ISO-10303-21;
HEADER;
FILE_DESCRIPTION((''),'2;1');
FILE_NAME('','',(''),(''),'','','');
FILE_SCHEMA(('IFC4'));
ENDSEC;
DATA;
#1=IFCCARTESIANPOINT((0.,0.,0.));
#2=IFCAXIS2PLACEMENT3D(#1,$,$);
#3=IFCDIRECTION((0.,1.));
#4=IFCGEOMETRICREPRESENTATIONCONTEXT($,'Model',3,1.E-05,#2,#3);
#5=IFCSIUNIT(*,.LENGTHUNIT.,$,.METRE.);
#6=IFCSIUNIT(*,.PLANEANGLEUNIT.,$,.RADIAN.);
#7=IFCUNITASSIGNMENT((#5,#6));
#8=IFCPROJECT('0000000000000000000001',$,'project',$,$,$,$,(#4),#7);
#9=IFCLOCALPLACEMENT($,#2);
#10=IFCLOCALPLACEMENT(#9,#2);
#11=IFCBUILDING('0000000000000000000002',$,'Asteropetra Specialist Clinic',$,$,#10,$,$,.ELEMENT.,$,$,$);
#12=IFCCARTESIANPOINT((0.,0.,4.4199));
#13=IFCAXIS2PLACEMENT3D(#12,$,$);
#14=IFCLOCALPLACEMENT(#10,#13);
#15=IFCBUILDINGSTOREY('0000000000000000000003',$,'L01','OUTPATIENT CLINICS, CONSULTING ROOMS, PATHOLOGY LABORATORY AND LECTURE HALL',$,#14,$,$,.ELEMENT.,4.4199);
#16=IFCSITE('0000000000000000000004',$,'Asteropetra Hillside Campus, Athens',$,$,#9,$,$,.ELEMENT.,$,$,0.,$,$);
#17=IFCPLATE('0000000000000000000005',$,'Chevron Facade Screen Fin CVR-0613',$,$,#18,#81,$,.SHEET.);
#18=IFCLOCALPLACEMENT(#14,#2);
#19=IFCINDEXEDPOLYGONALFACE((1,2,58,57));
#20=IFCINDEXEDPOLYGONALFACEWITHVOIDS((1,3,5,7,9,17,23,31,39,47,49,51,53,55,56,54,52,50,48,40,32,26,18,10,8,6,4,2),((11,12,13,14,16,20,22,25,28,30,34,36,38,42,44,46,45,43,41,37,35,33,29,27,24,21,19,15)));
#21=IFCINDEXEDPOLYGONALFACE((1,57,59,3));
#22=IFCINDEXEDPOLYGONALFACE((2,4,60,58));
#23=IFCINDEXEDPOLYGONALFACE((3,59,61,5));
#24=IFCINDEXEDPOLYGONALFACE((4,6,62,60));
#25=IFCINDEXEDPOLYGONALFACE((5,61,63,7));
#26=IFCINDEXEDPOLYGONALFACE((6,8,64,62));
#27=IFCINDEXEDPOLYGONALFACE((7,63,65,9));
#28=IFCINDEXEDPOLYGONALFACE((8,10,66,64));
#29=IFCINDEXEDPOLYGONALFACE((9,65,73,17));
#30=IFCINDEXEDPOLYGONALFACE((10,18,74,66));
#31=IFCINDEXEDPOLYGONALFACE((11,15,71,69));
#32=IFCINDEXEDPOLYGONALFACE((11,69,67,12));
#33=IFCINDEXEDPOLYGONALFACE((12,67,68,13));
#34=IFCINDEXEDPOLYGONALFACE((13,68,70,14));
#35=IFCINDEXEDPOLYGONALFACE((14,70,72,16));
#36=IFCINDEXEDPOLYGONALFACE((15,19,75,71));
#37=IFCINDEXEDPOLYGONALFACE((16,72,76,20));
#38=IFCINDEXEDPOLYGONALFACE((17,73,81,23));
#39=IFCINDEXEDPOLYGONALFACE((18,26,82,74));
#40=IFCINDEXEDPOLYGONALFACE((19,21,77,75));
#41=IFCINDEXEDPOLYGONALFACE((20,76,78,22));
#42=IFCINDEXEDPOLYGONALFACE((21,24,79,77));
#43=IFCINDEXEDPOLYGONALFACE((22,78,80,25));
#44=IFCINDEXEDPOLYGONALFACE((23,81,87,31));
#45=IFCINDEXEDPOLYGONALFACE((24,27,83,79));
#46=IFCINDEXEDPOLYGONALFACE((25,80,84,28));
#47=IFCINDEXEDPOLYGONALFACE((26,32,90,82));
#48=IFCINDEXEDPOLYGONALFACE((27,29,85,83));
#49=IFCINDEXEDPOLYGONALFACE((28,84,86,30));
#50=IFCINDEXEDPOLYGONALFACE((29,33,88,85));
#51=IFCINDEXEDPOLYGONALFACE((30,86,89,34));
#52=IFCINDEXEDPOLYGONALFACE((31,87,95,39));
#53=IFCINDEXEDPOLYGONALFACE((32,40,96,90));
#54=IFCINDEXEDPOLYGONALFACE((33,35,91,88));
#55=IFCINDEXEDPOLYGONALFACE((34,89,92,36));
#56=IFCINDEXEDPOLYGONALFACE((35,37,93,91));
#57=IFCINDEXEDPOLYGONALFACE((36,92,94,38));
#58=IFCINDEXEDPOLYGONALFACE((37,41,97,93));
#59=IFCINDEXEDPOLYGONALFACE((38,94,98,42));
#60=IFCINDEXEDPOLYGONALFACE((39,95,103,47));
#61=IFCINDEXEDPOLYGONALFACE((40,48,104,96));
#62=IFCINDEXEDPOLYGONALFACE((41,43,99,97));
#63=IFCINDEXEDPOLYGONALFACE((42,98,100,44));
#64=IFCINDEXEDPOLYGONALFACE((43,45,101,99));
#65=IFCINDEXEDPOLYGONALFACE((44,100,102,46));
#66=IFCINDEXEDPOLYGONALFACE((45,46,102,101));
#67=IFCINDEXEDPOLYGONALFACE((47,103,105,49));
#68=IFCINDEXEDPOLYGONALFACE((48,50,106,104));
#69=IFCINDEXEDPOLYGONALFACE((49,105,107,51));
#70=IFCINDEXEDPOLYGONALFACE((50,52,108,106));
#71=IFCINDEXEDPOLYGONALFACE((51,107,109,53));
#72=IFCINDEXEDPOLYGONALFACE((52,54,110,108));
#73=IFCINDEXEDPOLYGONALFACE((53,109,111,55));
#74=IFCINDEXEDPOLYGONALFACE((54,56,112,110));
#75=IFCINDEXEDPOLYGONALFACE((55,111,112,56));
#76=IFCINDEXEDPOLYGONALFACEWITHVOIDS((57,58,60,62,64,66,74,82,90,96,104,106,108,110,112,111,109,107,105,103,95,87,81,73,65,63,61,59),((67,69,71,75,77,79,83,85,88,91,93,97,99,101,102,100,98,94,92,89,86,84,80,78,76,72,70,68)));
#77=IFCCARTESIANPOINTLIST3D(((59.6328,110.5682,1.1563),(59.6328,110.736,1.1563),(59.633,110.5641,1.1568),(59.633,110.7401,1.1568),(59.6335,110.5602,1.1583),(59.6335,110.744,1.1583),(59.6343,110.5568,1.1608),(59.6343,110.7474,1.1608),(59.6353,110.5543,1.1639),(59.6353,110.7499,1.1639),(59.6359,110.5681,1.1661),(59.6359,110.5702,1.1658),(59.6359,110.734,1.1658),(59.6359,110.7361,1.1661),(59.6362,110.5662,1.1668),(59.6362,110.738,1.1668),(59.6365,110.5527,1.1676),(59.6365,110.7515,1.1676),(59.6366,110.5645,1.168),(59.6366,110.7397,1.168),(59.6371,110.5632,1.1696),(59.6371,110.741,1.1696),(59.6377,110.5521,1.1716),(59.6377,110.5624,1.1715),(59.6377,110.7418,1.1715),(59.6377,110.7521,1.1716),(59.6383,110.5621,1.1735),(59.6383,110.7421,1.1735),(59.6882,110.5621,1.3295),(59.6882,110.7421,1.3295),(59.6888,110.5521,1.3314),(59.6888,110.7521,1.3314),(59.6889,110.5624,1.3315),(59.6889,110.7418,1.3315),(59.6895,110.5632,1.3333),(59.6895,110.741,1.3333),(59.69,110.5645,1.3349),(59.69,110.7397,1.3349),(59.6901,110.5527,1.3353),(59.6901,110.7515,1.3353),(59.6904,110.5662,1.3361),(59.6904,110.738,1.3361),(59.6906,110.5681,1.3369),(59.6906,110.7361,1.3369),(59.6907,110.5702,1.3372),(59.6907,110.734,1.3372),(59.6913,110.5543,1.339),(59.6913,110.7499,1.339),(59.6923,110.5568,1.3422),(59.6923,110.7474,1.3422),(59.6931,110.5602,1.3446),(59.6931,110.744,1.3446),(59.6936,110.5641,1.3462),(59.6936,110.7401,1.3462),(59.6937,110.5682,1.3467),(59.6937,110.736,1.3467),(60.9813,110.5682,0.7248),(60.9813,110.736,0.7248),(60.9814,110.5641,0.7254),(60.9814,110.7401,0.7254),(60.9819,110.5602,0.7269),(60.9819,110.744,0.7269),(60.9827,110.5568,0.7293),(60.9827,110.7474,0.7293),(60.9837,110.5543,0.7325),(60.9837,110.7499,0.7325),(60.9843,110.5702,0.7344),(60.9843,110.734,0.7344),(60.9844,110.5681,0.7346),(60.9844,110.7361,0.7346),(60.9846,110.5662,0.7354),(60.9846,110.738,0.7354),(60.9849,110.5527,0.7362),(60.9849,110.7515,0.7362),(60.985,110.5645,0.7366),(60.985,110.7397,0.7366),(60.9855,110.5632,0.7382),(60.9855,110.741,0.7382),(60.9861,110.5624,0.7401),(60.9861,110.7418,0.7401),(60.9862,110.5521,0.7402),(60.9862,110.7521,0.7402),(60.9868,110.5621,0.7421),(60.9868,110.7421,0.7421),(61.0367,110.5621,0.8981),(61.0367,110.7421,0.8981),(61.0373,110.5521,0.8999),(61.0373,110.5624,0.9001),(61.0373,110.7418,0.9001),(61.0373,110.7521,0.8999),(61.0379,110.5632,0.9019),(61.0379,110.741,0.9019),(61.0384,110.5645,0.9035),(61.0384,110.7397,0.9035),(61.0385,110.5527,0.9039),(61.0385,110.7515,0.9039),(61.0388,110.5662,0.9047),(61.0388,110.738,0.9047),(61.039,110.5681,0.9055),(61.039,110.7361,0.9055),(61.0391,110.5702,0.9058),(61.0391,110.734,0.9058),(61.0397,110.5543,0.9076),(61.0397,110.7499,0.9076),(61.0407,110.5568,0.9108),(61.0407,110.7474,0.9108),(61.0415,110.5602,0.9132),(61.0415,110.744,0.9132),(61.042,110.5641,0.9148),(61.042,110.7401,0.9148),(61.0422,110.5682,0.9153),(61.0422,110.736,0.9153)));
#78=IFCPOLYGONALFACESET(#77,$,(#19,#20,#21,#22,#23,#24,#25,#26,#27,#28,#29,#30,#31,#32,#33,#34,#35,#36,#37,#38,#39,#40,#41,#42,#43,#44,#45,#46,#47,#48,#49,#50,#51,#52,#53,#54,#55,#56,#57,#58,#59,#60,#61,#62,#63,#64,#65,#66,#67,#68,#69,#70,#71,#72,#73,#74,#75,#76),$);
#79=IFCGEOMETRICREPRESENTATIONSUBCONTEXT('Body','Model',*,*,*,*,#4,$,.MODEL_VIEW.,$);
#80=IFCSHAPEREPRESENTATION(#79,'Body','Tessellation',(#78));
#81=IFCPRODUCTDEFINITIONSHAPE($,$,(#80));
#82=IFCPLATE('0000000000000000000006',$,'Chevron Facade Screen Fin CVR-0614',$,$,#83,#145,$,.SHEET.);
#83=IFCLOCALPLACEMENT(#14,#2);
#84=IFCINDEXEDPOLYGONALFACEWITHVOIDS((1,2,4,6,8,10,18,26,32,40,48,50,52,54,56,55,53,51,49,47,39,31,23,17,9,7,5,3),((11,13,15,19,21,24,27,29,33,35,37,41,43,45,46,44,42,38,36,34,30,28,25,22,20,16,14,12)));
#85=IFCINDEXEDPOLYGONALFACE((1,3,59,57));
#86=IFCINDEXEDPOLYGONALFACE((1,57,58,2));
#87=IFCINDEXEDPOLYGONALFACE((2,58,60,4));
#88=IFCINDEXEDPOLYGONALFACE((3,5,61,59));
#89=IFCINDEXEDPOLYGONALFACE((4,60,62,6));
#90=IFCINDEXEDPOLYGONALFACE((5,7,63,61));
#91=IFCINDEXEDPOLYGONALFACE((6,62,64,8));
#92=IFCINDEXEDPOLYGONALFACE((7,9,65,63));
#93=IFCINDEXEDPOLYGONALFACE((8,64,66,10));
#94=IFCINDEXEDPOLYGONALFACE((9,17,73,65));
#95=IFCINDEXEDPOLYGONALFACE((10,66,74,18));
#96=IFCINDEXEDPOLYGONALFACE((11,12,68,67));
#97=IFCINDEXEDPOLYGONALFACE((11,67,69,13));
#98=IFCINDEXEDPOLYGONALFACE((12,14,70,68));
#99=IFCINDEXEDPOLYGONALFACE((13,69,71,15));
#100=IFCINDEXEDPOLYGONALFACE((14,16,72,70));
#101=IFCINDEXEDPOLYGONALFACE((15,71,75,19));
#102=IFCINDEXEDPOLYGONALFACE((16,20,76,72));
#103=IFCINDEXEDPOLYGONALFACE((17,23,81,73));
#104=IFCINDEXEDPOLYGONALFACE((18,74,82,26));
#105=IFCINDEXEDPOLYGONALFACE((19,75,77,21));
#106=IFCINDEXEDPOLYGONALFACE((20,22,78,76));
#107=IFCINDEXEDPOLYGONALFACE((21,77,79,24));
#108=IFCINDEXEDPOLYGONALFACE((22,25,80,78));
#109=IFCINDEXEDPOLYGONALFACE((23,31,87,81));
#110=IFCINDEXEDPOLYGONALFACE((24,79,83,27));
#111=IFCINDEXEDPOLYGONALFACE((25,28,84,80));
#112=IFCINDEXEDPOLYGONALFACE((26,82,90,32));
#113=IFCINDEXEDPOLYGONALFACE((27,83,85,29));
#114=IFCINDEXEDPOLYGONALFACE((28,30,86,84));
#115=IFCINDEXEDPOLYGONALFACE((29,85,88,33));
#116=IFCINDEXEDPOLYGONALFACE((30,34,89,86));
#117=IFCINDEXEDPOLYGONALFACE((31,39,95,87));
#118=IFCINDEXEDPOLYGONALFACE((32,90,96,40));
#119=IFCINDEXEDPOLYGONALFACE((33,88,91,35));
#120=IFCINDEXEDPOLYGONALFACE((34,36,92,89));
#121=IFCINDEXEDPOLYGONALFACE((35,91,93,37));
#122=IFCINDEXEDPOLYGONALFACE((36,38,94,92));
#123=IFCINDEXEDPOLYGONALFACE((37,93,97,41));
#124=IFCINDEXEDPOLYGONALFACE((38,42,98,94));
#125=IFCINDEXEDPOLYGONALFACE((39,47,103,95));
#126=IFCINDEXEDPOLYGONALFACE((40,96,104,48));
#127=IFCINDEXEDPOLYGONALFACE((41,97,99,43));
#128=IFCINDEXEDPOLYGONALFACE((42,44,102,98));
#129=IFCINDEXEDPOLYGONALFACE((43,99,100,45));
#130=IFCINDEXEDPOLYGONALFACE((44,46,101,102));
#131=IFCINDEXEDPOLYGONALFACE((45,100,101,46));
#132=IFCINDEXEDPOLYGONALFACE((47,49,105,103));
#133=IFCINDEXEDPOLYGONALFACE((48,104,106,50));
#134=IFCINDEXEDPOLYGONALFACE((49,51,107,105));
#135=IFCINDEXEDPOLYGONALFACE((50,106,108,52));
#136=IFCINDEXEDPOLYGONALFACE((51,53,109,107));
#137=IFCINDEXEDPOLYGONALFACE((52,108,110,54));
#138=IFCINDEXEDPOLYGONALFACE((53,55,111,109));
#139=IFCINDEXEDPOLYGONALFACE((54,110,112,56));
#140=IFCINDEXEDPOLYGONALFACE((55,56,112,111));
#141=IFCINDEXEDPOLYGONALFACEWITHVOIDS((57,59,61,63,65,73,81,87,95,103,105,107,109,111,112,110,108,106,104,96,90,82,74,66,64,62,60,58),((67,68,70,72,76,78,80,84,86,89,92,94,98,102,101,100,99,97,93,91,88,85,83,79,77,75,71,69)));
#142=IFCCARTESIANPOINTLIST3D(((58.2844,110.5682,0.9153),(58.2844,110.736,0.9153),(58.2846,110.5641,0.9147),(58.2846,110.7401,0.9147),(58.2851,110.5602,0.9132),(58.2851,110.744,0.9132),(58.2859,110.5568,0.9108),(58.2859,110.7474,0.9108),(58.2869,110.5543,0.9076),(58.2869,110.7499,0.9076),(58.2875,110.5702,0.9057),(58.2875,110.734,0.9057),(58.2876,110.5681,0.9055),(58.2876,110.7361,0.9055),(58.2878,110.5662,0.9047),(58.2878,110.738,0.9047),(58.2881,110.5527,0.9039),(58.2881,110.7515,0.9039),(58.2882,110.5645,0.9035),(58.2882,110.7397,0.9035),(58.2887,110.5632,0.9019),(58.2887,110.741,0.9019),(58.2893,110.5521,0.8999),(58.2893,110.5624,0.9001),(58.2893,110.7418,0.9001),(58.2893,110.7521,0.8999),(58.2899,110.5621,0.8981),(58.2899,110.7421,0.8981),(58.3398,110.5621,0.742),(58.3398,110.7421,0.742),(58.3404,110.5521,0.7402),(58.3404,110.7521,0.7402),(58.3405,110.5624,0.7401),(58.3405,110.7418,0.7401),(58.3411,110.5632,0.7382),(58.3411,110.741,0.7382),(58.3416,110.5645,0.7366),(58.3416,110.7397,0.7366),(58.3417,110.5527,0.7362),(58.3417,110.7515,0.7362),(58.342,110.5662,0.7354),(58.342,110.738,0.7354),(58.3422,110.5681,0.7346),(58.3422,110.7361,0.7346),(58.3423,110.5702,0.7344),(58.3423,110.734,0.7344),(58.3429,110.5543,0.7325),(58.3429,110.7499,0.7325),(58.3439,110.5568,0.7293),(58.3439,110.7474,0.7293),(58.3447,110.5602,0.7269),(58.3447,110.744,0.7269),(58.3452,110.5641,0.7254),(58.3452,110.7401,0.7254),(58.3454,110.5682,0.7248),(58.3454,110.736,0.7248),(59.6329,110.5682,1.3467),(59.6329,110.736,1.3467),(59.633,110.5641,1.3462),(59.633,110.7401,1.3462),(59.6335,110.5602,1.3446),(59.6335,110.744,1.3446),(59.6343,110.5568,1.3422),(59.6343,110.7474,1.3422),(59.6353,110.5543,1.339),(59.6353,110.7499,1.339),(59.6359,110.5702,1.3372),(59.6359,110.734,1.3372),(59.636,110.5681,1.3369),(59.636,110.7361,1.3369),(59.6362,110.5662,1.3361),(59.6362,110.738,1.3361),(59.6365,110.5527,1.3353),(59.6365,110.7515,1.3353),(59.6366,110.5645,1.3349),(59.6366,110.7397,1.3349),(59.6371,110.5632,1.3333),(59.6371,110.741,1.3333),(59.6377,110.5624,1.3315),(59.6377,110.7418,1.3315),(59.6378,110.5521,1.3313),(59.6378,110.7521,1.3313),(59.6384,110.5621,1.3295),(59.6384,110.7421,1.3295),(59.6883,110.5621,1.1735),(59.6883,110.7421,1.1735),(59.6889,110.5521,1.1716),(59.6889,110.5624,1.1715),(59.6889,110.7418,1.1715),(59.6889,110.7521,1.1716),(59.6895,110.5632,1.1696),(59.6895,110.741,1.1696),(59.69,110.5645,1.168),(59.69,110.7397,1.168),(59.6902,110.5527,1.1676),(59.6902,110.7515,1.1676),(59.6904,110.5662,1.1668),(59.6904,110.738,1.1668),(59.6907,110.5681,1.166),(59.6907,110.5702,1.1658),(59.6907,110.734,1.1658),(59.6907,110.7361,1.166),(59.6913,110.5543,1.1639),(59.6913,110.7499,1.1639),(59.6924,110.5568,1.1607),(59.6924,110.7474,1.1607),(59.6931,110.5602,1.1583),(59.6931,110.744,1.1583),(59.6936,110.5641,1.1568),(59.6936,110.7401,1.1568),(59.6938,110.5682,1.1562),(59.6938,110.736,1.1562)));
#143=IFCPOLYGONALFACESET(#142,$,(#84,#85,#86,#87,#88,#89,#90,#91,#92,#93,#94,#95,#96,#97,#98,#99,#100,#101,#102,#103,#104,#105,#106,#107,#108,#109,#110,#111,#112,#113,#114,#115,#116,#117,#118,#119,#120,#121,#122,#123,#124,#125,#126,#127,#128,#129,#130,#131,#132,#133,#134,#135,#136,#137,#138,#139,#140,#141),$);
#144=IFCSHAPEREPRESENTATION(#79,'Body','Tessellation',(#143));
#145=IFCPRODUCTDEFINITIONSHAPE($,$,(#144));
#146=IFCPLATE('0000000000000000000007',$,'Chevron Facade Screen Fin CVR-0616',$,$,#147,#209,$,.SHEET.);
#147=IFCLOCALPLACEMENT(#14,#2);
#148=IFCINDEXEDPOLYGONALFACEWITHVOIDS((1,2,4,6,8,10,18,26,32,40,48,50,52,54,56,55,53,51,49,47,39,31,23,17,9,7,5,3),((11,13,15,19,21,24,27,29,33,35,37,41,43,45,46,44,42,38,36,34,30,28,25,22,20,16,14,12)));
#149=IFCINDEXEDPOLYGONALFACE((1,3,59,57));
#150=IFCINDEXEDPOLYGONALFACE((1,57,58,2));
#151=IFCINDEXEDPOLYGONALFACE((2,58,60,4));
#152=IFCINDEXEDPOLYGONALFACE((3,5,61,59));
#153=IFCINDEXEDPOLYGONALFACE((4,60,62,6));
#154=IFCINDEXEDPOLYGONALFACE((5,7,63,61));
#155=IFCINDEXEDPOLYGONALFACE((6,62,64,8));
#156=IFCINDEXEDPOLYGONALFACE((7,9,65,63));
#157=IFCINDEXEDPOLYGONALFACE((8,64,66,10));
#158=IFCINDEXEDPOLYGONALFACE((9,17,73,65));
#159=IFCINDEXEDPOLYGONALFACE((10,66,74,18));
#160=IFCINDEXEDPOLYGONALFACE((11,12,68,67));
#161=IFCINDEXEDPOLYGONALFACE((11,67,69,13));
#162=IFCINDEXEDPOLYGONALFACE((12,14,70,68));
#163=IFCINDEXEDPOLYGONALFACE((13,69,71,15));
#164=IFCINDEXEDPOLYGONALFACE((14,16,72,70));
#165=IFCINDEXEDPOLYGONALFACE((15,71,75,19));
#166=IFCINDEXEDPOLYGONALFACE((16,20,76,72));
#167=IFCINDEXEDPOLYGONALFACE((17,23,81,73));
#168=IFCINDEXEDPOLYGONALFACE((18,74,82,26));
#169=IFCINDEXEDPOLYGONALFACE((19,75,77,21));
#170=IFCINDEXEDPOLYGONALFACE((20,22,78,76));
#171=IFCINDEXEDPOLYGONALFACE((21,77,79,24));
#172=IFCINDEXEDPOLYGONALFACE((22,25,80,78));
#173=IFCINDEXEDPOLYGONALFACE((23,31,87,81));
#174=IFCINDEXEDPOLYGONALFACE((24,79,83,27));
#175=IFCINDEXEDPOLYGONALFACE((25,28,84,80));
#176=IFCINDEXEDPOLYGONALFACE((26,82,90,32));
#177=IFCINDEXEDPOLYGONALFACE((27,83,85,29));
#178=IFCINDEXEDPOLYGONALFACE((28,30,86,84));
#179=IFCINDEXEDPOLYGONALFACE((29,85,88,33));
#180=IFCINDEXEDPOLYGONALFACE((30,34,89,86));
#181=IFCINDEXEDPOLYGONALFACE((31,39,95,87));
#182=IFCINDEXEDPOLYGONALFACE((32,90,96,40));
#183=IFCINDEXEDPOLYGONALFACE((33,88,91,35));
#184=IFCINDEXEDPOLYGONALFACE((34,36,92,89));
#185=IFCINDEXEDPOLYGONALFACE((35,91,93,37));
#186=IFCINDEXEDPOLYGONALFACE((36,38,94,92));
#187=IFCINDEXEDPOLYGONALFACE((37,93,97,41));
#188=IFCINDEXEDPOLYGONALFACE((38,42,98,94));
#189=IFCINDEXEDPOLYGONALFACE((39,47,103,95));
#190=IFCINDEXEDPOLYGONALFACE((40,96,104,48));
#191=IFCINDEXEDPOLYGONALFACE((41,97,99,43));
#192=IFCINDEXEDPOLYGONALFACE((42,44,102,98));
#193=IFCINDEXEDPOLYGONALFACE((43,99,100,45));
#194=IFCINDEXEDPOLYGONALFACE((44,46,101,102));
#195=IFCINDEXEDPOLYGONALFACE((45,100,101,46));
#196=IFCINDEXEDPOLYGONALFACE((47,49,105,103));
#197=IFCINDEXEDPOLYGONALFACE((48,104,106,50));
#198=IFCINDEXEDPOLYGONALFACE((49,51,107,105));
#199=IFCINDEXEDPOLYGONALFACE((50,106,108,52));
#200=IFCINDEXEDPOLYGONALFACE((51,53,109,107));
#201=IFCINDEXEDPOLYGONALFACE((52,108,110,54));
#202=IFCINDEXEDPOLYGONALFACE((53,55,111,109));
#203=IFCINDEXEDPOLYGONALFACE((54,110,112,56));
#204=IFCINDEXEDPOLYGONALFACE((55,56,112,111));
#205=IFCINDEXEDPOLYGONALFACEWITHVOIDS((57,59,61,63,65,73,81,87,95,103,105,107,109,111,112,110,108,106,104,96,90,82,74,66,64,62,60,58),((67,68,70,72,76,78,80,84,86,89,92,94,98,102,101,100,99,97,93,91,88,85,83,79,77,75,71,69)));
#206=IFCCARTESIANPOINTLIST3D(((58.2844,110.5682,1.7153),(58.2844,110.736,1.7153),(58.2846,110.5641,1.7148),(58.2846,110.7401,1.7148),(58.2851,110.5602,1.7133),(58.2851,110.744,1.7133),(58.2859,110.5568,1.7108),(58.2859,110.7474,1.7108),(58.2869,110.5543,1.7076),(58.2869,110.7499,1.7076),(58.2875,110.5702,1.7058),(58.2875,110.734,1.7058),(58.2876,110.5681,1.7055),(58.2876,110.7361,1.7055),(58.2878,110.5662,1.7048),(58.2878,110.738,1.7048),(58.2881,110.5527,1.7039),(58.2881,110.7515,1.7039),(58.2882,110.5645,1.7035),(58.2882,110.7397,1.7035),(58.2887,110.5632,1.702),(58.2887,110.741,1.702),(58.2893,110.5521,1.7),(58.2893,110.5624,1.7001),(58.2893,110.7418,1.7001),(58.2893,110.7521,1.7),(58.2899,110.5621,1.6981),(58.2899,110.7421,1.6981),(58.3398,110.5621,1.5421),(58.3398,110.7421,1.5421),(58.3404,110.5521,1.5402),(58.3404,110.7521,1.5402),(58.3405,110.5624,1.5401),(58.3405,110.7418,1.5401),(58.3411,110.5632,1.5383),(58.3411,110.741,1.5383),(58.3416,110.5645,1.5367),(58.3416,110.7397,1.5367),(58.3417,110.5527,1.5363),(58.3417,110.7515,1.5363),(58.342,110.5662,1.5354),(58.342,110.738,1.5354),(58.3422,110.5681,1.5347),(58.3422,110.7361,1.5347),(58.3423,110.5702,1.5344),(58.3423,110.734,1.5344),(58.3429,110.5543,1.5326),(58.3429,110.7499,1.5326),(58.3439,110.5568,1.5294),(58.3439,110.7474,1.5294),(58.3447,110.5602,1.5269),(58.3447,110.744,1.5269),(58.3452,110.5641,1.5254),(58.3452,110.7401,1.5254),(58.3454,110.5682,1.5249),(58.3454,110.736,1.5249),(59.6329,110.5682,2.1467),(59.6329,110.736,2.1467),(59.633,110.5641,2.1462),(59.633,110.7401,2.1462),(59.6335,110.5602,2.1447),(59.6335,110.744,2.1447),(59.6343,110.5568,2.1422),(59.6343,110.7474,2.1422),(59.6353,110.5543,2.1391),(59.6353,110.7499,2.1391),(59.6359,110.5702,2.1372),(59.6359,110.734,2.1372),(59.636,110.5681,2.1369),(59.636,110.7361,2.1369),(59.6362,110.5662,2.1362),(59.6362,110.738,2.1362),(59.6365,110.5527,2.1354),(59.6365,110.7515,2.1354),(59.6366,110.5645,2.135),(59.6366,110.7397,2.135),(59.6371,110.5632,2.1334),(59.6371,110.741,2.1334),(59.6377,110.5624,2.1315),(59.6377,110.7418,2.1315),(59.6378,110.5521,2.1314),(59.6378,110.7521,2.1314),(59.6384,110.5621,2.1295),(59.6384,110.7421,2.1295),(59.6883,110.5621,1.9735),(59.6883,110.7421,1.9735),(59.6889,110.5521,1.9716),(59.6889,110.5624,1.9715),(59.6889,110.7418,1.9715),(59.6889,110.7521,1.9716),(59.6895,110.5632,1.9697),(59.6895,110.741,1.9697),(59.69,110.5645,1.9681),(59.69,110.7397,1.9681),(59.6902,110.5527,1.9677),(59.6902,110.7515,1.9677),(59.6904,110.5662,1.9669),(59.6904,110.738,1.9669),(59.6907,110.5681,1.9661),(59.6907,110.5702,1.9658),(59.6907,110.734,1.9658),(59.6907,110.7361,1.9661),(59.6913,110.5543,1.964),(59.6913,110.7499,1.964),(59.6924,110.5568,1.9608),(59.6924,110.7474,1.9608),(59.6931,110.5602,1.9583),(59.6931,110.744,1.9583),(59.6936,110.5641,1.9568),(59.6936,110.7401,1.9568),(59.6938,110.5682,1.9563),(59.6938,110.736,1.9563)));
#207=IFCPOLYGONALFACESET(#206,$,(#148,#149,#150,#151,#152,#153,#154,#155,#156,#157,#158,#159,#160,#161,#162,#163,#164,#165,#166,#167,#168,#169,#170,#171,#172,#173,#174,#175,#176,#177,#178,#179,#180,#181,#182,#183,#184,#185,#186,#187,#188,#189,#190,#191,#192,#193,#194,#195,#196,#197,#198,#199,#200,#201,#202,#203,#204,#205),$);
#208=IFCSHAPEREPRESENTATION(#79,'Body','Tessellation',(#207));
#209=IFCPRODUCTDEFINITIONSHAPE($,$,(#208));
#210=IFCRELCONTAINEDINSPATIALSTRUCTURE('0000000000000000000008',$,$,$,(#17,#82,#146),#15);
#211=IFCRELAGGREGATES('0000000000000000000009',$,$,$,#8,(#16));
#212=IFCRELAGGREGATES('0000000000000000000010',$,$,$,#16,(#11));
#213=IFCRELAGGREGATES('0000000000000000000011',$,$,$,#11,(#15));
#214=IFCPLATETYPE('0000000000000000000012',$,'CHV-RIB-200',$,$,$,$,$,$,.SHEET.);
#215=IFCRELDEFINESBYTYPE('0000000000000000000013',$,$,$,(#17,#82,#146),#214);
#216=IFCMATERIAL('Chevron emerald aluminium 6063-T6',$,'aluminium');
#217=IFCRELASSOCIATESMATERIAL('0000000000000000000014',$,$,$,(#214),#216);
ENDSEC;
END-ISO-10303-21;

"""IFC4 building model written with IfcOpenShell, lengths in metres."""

from ifc_helpers import new_model, si_unit, direction, frame, origin, origin_2d, place, context, subcontext, project, spatial, hollow_rectangle, extrude, material, material_profile, profile_set, type_object, element, save


model = new_model("IFC4")

# Units and contexts
model_context = context("Model", 3, precision=1e-05, world=origin(), true_north=direction((0.0, 1.0)))
body_context = subcontext(model_context, "Body", "Model", "MODEL_VIEW")
ifc_project = project(units=[si_unit("LENGTHUNIT", "METRE"), si_unit("PLANEANGLEUNIT", "RADIAN")], contexts=[model_context])

# Site, building, storey
site_placement = place(None, origin())
site = spatial("IfcSite", under=ifc_project, at=site_placement, Name="Asteropetra Hillside Campus, Athens", CompositionType="ELEMENT", RefElevation=0.0)
building_placement = place(site_placement, origin())
building = spatial("IfcBuilding", under=site, at=building_placement, Name="Asteropetra Specialist Clinic", CompositionType="ELEMENT")
storey_placement = place(building_placement, frame((0.0, 0.0, 4.4199)))
storey = spatial("IfcBuildingStorey", under=building, at=storey_placement, Name="L01", Description="OUTPATIENT CLINICS, CONSULTING ROOMS, PATHOLOGY LABORATORY AND LECTURE HALL", CompositionType="ELEMENT", Elevation=4.4199)

# Plates
ifc_material_1 = material(Name="Chevron emerald aluminium 6063-T6", Category="aluminium")
ifc_material_profile = material_profile(ifc_material_1, hollow_rectangle(XDim=0.2, YDim=0.2, WallThickness=0.01, InnerFilletRadius=0.0081, OuterFilletRadius=0.0161, at=origin_2d()), Name="SHS 200x200x10.0")
ifc_profile_set = profile_set([ifc_material_profile], Name="Chevron emerald aluminium 6063-T6")
plate_type_1 = type_object("IfcPlateType", Name="CHV-RIB-200", PredefinedType="SHEET", material=ifc_profile_set)
for number, where, z_axis, x_axis, name in (
    (1, (61.0117, 110.6521, 0.8201), (-0.952442, 0.0, 0.304719), (0.0, -1.0, 0.0), "Chevron Facade Screen Fin CVR-0613"),
    (2, (59.6633, 110.6521, 1.2515), (-0.952442, 0.0, -0.304719), (0.0, -1.0, 0.0), "Chevron Facade Screen Fin CVR-0614"),
    (3, (59.6633, 110.6521, 2.0515), (-0.952442, 0.0, -0.304719), (0.0, -1.0, 0.0), "Chevron Facade Screen Fin CVR-0616"),
):
    element("IfcPlate", number, at=place(storey_placement, frame(where, z_axis=z_axis, x_axis=x_axis)), inside=storey, type_object=plate_type_1, Name=name, PredefinedType="SHEET", context=body_context, shape_type="SweptSolid", body=[
        extrude(hollow_rectangle(XDim=0.2, YDim=0.2, WallThickness=0.01, InnerFilletRadius=0.0081, OuterFilletRadius=0.0161, at=origin_2d()), origin(), (0.0, 0.0, 1.0), 1.4158),
    ])

save(model, "model.ifc")
